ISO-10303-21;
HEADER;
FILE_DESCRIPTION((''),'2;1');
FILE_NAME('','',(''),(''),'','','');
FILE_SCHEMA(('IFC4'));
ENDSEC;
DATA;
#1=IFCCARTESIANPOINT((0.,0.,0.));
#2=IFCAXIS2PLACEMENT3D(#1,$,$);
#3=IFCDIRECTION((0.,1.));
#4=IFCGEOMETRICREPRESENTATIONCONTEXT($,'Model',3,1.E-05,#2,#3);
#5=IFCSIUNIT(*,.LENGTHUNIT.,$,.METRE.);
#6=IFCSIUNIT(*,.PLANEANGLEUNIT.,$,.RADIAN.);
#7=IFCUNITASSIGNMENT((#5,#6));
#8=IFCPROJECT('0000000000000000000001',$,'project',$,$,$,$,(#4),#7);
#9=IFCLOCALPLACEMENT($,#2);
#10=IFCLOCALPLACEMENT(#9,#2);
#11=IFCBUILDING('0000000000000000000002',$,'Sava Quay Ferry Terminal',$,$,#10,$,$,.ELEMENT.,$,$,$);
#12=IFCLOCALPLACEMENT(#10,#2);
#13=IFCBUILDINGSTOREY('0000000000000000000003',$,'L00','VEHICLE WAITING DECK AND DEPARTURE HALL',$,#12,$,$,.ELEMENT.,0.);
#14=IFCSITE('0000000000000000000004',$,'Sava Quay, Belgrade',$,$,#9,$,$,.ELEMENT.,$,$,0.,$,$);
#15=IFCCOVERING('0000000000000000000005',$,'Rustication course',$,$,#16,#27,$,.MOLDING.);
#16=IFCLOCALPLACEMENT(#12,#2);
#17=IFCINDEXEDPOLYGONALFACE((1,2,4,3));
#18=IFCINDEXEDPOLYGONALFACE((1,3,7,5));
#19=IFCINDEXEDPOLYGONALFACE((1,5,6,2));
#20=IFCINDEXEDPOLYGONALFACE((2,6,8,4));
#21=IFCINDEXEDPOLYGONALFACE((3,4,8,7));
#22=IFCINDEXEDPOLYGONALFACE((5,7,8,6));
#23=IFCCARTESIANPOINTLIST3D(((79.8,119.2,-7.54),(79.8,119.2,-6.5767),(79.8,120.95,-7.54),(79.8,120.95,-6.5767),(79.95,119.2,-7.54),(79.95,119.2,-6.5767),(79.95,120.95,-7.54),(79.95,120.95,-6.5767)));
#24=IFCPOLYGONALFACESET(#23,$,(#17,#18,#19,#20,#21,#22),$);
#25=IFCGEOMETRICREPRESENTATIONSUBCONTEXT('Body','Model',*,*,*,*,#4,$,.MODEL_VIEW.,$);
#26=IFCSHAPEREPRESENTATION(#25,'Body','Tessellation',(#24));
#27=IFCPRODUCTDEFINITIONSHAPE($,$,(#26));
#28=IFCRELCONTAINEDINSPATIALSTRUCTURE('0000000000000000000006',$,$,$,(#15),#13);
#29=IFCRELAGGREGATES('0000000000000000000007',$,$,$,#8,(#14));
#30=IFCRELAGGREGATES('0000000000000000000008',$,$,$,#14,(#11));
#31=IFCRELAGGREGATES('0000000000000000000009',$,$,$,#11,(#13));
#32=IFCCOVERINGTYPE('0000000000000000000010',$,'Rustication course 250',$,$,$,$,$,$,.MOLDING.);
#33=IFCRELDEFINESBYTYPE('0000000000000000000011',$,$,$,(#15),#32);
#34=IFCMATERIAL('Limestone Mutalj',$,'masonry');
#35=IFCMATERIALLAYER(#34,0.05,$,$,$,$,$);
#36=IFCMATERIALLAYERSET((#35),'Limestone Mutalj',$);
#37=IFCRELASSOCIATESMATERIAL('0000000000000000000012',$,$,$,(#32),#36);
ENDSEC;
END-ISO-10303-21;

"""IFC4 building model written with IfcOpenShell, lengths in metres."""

from ifc_helpers import new_model, si_unit, direction, frame, origin, place, context, subcontext, project, spatial, polyline, outline, extrude, material, layer, layer_set, type_object, element, save


model = new_model("IFC4")

# Units and contexts
model_context = context("Model", 3, precision=1e-05, world=origin(), true_north=direction((0.0, 1.0)))
body_context = subcontext(model_context, "Body", "Model", "MODEL_VIEW")
ifc_project = project(units=[si_unit("LENGTHUNIT", "METRE"), si_unit("PLANEANGLEUNIT", "RADIAN")], contexts=[model_context])

# Site, building, storey
site_placement = place(None, origin())
site = spatial("IfcSite", under=ifc_project, at=site_placement, Name="Sava Quay, Belgrade", CompositionType="ELEMENT", RefElevation=0.0)
building_placement = place(site_placement, origin())
building = spatial("IfcBuilding", under=site, at=building_placement, Name="Sava Quay Ferry Terminal", CompositionType="ELEMENT")
storey_placement = place(building_placement, origin())
storey = spatial("IfcBuildingStorey", under=building, at=storey_placement, Name="L00", Description="VEHICLE WAITING DECK AND DEPARTURE HALL", CompositionType="ELEMENT", Elevation=0.0)

# Covering
ifc_material_1 = material(Name="Limestone Mutalj", Category="masonry")
ifc_layer_1 = layer(ifc_material_1, 0.05)
ifc_layer_set_1 = layer_set([ifc_layer_1], Name="Limestone Mutalj")
covering_type_1 = type_object("IfcCoveringType", Name="Rustication course 250", PredefinedType="MOLDING", material=ifc_layer_set_1)
covering_1_placement = place(storey_placement, frame((0.0, 0.0, -7.54)))
element("IfcCovering", 1, at=covering_1_placement, inside=storey, type_object=covering_type_1, Name="Rustication course", PredefinedType="MOLDING", context=body_context, shape_type="SweptSolid", body=[
    extrude(outline(polyline([(79.8, 119.2), (79.95, 119.2), (79.95, 120.95), (79.8, 120.95), (79.8, 119.2)])), origin(), (0.0, 0.0, 1.0), 0.9634),
])

save(model, "model.ifc")
